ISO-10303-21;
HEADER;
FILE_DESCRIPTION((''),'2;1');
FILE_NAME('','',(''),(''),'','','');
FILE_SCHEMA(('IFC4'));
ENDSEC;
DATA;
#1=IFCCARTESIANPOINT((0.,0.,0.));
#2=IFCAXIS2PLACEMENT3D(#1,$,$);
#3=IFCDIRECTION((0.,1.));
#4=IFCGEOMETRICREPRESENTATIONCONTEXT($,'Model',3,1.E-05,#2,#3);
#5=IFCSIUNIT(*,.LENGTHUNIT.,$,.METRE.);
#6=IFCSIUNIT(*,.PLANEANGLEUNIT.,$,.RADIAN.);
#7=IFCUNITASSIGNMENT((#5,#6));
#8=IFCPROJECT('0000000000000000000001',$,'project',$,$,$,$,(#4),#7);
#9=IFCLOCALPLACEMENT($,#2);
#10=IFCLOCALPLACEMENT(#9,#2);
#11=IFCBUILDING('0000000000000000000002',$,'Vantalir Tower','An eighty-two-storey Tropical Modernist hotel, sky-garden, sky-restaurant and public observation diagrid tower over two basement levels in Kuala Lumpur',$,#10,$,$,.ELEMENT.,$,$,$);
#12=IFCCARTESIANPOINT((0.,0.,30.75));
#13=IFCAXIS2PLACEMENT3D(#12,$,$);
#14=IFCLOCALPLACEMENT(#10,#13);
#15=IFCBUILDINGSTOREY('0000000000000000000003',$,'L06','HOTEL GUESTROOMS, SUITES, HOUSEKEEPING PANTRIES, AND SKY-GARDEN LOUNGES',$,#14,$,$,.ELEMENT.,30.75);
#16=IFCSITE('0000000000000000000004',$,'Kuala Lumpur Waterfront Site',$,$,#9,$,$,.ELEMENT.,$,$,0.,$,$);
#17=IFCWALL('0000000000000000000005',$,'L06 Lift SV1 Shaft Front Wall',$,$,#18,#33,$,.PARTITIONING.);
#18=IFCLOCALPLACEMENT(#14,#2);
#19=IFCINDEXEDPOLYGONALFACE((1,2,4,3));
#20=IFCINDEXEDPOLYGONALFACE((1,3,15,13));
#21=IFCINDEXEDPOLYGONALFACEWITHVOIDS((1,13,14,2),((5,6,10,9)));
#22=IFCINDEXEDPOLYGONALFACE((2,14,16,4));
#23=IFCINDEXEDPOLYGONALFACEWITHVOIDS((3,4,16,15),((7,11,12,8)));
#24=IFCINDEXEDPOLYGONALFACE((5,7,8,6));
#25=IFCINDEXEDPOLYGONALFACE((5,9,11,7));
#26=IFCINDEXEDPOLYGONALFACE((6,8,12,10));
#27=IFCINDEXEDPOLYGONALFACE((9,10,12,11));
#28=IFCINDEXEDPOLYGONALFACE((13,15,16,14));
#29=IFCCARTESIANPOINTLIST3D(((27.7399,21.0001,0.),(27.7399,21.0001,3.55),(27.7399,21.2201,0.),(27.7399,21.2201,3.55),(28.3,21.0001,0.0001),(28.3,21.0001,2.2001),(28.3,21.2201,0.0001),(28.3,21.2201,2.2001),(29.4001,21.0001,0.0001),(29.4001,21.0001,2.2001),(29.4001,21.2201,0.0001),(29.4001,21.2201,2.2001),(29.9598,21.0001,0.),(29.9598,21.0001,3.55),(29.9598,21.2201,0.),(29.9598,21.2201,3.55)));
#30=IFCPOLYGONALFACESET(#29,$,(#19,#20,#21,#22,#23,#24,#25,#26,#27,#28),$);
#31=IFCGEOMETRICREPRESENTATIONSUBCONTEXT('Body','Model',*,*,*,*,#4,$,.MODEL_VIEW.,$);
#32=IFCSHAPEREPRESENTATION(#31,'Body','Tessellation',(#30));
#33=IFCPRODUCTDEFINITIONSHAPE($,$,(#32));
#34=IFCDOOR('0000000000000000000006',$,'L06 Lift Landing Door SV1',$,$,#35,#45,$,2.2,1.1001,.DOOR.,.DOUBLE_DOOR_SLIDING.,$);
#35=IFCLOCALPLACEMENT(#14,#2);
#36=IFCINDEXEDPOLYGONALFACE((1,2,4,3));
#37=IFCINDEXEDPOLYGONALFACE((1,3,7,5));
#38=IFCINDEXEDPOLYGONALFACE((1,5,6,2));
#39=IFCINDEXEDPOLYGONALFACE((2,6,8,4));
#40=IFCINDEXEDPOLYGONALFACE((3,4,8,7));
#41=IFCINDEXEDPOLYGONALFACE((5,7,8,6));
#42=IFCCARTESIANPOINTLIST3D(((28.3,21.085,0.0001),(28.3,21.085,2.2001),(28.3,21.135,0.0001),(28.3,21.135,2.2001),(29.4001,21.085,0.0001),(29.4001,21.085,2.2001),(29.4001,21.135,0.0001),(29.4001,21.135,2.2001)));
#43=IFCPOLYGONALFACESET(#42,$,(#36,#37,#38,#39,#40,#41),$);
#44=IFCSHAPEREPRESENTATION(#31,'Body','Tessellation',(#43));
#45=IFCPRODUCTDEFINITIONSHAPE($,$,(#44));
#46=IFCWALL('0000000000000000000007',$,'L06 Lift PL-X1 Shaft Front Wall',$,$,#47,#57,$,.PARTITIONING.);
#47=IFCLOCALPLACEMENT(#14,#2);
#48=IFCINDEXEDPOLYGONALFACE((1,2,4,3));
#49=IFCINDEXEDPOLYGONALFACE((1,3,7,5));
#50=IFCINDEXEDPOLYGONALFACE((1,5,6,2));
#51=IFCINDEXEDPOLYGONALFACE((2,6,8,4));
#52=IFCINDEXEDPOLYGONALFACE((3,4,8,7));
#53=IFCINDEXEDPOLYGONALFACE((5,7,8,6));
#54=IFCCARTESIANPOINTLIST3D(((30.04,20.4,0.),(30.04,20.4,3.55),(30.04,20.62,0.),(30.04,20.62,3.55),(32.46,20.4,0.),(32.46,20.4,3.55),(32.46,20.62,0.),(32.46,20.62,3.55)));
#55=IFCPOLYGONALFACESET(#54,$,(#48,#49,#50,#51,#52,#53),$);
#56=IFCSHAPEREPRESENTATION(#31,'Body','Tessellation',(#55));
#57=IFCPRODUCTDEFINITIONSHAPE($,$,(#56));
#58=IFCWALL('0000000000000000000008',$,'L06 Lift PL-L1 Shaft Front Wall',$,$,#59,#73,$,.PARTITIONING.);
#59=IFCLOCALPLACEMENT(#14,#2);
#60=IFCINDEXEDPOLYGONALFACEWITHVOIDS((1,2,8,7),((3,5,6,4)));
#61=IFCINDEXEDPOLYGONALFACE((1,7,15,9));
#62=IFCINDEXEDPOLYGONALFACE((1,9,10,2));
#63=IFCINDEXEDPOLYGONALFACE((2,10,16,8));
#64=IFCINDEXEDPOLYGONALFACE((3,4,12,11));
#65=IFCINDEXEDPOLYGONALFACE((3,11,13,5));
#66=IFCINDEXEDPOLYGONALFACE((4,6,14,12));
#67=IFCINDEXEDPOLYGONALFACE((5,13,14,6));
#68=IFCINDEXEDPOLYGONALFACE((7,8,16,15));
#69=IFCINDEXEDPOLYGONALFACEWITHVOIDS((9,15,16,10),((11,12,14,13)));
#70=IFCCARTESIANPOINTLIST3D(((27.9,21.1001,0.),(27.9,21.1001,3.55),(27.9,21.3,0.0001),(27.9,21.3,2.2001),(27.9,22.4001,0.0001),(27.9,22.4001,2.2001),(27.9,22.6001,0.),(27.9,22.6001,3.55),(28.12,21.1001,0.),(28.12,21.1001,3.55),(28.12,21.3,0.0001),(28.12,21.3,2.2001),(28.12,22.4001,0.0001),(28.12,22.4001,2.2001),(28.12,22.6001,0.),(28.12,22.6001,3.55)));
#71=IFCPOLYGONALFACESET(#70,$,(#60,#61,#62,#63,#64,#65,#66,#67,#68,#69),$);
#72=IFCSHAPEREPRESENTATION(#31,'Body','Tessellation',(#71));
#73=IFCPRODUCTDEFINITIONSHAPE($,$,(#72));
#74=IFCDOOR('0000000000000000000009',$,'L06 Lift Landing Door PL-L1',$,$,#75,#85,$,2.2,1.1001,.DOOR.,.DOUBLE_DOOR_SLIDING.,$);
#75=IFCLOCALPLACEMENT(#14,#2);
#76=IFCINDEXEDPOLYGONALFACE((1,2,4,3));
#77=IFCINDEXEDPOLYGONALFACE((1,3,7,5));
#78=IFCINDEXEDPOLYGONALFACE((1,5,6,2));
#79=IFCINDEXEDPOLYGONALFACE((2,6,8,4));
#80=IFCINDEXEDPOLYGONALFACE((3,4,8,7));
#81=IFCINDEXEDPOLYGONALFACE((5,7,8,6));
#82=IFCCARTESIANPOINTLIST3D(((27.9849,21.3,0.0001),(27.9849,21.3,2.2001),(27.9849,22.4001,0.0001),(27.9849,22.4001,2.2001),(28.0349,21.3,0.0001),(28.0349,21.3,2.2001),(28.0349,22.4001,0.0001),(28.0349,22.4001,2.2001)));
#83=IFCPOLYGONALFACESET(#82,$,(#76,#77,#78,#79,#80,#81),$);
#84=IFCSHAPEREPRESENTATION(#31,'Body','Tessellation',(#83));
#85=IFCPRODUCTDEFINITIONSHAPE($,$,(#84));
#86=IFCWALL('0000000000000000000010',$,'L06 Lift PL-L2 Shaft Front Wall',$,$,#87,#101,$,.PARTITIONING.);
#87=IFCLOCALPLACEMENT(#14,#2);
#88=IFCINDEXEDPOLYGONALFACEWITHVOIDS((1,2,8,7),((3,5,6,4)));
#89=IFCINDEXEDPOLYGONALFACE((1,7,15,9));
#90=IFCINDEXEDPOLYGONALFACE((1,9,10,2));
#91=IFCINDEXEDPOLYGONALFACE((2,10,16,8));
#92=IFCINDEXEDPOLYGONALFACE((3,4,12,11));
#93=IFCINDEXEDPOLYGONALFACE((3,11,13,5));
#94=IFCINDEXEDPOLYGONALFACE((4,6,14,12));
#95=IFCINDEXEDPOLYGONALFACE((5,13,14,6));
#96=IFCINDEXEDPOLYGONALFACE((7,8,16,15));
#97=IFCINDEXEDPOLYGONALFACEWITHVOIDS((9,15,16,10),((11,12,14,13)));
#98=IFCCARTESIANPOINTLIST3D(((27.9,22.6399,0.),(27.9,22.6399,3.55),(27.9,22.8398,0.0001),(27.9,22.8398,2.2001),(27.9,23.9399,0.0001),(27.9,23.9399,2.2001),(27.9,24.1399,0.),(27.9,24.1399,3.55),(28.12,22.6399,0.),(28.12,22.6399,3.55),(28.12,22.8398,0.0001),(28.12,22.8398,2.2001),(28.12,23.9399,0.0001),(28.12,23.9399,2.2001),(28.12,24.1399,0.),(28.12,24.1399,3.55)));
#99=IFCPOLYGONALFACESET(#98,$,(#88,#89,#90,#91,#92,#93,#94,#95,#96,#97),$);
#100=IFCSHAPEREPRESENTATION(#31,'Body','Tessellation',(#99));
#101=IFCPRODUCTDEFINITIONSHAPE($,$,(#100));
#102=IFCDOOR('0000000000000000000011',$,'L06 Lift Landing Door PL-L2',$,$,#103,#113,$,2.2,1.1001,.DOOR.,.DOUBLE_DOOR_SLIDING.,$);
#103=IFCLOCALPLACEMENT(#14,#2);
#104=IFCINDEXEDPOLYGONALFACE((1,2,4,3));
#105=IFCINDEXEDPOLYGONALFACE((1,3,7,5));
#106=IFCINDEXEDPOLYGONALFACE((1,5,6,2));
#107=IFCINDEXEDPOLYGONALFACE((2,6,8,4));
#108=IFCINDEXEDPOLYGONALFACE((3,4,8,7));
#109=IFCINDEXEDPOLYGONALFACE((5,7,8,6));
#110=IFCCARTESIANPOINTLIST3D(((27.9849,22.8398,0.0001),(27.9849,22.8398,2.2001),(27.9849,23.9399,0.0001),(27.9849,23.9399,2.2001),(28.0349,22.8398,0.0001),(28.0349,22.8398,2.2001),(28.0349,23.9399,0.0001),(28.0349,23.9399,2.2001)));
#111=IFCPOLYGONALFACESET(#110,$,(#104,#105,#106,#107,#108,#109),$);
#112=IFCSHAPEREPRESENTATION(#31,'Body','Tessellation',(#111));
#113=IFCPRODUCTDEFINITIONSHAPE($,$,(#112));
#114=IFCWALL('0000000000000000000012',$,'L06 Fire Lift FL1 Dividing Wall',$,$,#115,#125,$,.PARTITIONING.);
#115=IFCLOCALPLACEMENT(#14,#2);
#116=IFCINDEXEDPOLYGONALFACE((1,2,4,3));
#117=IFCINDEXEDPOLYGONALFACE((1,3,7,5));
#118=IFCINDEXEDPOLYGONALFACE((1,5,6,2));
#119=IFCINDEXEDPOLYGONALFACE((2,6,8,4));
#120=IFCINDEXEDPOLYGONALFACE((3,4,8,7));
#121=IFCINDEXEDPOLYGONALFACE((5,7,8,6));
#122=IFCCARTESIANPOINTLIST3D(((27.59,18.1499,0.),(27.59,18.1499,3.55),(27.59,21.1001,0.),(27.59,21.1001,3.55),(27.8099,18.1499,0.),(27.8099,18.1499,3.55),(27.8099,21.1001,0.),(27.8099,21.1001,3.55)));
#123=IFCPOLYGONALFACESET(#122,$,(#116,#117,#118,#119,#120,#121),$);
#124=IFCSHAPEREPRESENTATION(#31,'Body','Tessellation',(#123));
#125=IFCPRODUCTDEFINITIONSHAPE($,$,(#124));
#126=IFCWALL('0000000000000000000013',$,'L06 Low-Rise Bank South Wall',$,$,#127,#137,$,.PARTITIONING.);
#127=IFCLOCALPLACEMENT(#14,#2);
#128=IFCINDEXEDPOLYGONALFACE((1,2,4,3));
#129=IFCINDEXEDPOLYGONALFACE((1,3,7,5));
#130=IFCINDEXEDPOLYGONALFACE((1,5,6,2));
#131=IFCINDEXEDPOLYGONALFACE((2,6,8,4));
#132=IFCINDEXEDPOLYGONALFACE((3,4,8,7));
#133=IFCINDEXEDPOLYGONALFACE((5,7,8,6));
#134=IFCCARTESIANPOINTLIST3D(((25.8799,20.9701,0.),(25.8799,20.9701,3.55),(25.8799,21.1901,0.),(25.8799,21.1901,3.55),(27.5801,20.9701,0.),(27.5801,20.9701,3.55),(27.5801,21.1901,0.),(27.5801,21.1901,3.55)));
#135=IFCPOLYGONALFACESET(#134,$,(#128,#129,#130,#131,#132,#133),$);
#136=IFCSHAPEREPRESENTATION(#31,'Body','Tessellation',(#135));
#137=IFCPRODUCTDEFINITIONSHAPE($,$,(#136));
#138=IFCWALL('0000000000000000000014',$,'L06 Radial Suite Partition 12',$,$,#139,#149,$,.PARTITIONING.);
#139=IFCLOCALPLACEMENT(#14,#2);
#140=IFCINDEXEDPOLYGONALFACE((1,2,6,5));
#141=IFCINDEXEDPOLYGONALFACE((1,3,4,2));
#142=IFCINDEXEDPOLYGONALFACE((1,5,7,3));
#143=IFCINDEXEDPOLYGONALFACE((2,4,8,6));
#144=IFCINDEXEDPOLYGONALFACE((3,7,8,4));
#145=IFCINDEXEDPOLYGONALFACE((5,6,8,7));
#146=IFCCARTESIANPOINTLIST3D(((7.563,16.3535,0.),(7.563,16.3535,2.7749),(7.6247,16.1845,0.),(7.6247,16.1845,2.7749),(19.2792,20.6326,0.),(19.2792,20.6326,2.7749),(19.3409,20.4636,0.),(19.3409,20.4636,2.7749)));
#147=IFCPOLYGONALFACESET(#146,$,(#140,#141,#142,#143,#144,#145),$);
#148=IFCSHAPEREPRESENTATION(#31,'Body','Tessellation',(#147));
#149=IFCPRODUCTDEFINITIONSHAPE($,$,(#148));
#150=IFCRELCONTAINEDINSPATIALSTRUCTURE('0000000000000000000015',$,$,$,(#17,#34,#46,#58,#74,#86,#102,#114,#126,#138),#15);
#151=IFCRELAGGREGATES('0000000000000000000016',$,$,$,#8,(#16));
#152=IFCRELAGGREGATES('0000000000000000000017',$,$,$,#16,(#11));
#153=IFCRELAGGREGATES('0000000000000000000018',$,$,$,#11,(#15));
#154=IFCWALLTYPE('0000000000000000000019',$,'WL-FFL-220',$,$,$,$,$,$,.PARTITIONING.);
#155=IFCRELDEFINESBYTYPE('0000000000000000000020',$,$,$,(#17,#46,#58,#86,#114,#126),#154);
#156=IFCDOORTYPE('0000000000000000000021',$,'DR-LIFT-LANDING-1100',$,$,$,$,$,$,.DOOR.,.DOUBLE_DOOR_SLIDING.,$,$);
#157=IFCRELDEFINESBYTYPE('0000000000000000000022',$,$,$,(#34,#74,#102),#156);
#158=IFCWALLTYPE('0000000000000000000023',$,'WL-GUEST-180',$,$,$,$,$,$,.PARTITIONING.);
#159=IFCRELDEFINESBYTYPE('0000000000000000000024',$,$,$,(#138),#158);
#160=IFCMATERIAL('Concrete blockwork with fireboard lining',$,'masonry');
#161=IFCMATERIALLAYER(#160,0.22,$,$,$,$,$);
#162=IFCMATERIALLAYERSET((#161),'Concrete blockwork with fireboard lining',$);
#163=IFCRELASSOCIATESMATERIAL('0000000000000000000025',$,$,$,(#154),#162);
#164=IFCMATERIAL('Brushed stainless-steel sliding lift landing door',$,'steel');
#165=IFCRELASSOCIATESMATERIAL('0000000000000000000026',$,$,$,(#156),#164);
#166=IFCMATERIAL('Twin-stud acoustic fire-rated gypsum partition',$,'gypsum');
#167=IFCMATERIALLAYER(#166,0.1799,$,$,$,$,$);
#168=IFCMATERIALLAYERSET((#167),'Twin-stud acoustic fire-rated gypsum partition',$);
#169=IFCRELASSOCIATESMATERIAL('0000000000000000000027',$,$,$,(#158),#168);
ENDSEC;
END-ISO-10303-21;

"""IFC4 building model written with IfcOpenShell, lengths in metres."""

from ifc_helpers import new_model, si_unit, direction, frame, frame_2d, origin, place, context, subcontext, project, spatial, rectangle, extrude, material, layer, layer_set, type_object, element, fill, save


model = new_model("IFC4")

# Units and contexts
model_context = context("Model", 3, precision=1e-05, world=origin(), true_north=direction((0.0, 1.0)))
body_context = subcontext(model_context, "Body", "Model", "MODEL_VIEW")
ifc_project = project(units=[si_unit("LENGTHUNIT", "METRE"), si_unit("PLANEANGLEUNIT", "RADIAN")], contexts=[model_context])

# Site, building, storey
site_placement = place(None, origin())
site = spatial("IfcSite", under=ifc_project, at=site_placement, Name="Kuala Lumpur Waterfront Site", CompositionType="ELEMENT", RefElevation=0.0)
building_placement = place(site_placement, origin())
building = spatial("IfcBuilding", under=site, at=building_placement, Name="Vantalir Tower", Description="An eighty-two-storey Tropical Modernist hotel, sky-garden, sky-restaurant and public observation diagrid tower over two basement levels in Kuala Lumpur", CompositionType="ELEMENT")
storey_placement = place(building_placement, frame((0.0, 0.0, 30.75)))
storey = spatial("IfcBuildingStorey", under=building, at=storey_placement, Name="L06", Description="HOTEL GUESTROOMS, SUITES, HOUSEKEEPING PANTRIES, AND SKY-GARDEN LOUNGES", CompositionType="ELEMENT", Elevation=30.75)

# Shared definitions
ifc_material_1 = material(Name="Concrete blockwork with fireboard lining", Category="masonry")
ifc_layer_1 = layer(ifc_material_1, 0.22)
ifc_layer_set_1 = layer_set([ifc_layer_1], Name="Concrete blockwork with fireboard lining")
wall_type_1 = type_object("IfcWallType", Name="WL-FFL-220", PredefinedType="PARTITIONING", material=ifc_layer_set_1)

# Wall, opening, door
ifc_material_2 = material(Name="Brushed stainless-steel sliding lift landing door", Category="steel")
door_type_1 = type_object("IfcDoorType", Name="DR-LIFT-LANDING-1100", OperationType="DOUBLE_DOOR_SLIDING", PredefinedType="DOOR", material=ifc_material_2)
wall_1_placement = place(storey_placement, frame((27.74, 21.1101, 0.0), z_axis=(0.0, 0.0, 1.0), x_axis=(1.0, 0.0, 0.0)))
wall_1 = element("IfcWall", 1, at=wall_1_placement, inside=storey, type_object=wall_type_1, Name="L06 Lift SV1 Shaft Front Wall", PredefinedType="PARTITIONING", context=body_context, shape_type="SweptSolid", body=[
    extrude(rectangle(XDim=2.22, YDim=0.22, at=frame_2d((1.1099, 0.0))), origin(), (0.0, 0.0, 1.0), 3.55),
])
opening_1_placement = place(wall_1_placement, frame((0.5601, 0.0, 0.0)))
opening_1 = element("IfcOpeningElement", 2, at=opening_1_placement, cuts=wall_1, PredefinedType="OPENING", context=body_context, shape_type="SweptSolid", body=[
    extrude(rectangle(XDim=1.1001, YDim=2.2, at=frame_2d((0.55, 1.1001))), frame((0.0, 0.1199, 0.0), z_axis=(0.0, -1.0, 0.0), x_axis=(1.0, 0.0, 0.0)), (0.0, 0.0, 1.0), 0.24),
])
door_1_placement = place(opening_1_placement, origin())
door_1 = element("IfcDoor", 3, at=door_1_placement, inside=storey, type_object=door_type_1, Name="L06 Lift Landing Door SV1", OperationType="DOUBLE_DOOR_SLIDING", OverallHeight=2.2, OverallWidth=1.1001, PredefinedType="DOOR", context=body_context, shape_type="SweptSolid", body=[
    extrude(rectangle(XDim=1.1001, YDim=2.2, at=frame_2d((0.55, 1.1001))), frame((0.0, 0.0249, 0.0), z_axis=(0.0, -1.0, 0.0), x_axis=(1.0, 0.0, 0.0)), (0.0, 0.0, 1.0), 0.05),
])
fill(opening_1, door_1)

# Wall
wall_2_placement = place(storey_placement, frame((30.04, 20.51, 0.0), z_axis=(0.0, 0.0, 1.0), x_axis=(1.0, 0.0, 0.0)))
element("IfcWall", 4, at=wall_2_placement, inside=storey, type_object=wall_type_1, Name="L06 Lift PL-X1 Shaft Front Wall", PredefinedType="PARTITIONING", context=body_context, shape_type="SweptSolid", body=[
    extrude(rectangle(XDim=2.4199, YDim=0.22, at=frame_2d((1.21, 0.0))), origin(), (0.0, 0.0, 1.0), 3.55),
])

# Walls, openings, doors
wall_3_placement = place(storey_placement, frame((28.01, 21.1001, 0.0), z_axis=(0.0, 0.0, 1.0), x_axis=(0.0, 1.0, 0.0)))
wall_3 = element("IfcWall", 5, at=wall_3_placement, inside=storey, type_object=wall_type_1, Name="L06 Lift PL-L1 Shaft Front Wall", PredefinedType="PARTITIONING", context=body_context, shape_type="SweptSolid", body=[
    extrude(rectangle(XDim=1.5, YDim=0.22, at=frame_2d((0.75, 0.0))), origin(), (0.0, 0.0, 1.0), 3.55),
])
opening_2_placement = place(wall_3_placement, frame((0.2, 0.0, 0.0)))
opening_2 = element("IfcOpeningElement", 6, at=opening_2_placement, cuts=wall_3, PredefinedType="OPENING", context=body_context, shape_type="SweptSolid", body=[
    extrude(rectangle(XDim=1.1001, YDim=2.2, at=frame_2d((0.55, 1.1001))), frame((0.0, 0.1199, 0.0), z_axis=(0.0, -1.0, 0.0), x_axis=(1.0, 0.0, 0.0)), (0.0, 0.0, 1.0), 0.24),
])
door_2_placement = place(opening_2_placement, frame((1.1001, 0.0, 0.0), z_axis=(0.0, 0.0, 1.0), x_axis=(-1.0, 0.0, 0.0)))
door_2 = element("IfcDoor", 7, at=door_2_placement, inside=storey, type_object=door_type_1, Name="L06 Lift Landing Door PL-L1", OperationType="DOUBLE_DOOR_SLIDING", OverallHeight=2.2, OverallWidth=1.1001, PredefinedType="DOOR", context=body_context, shape_type="SweptSolid", body=[
    extrude(rectangle(XDim=1.1001, YDim=2.2, at=frame_2d((0.55, 1.1001))), frame((0.0, 0.0249, 0.0), z_axis=(0.0, -1.0, 0.0), x_axis=(1.0, 0.0, 0.0)), (0.0, 0.0, 1.0), 0.05),
])
fill(opening_2, door_2)
wall_4_placement = place(storey_placement, frame((28.01, 22.6399, 0.0), z_axis=(0.0, 0.0, 1.0), x_axis=(0.0, 1.0, 0.0)))
wall_4 = element("IfcWall", 8, at=wall_4_placement, inside=storey, type_object=wall_type_1, Name="L06 Lift PL-L2 Shaft Front Wall", PredefinedType="PARTITIONING", context=body_context, shape_type="SweptSolid", body=[
    extrude(rectangle(XDim=1.5, YDim=0.22, at=frame_2d((0.75, 0.0))), origin(), (0.0, 0.0, 1.0), 3.55),
])
opening_3_placement = place(wall_4_placement, frame((0.2, 0.0, 0.0)))
opening_3 = element("IfcOpeningElement", 9, at=opening_3_placement, cuts=wall_4, PredefinedType="OPENING", context=body_context, shape_type="SweptSolid", body=[
    extrude(rectangle(XDim=1.1001, YDim=2.2, at=frame_2d((0.55, 1.1001))), frame((0.0, 0.1199, 0.0), z_axis=(0.0, -1.0, 0.0), x_axis=(1.0, 0.0, 0.0)), (0.0, 0.0, 1.0), 0.24),
])
door_3_placement = place(opening_3_placement, frame((1.1001, 0.0, 0.0), z_axis=(0.0, 0.0, 1.0), x_axis=(-1.0, 0.0, 0.0)))
door_3 = element("IfcDoor", 10, at=door_3_placement, inside=storey, type_object=door_type_1, Name="L06 Lift Landing Door PL-L2", OperationType="DOUBLE_DOOR_SLIDING", OverallHeight=2.2, OverallWidth=1.1001, PredefinedType="DOOR", context=body_context, shape_type="SweptSolid", body=[
    extrude(rectangle(XDim=1.1001, YDim=2.2, at=frame_2d((0.55, 1.1001))), frame((0.0, 0.0249, 0.0), z_axis=(0.0, -1.0, 0.0), x_axis=(1.0, 0.0, 0.0)), (0.0, 0.0, 1.0), 0.05),
])
fill(opening_3, door_3)

# Walls
wall_5_placement = place(storey_placement, frame((27.7, 18.1499, 0.0), z_axis=(0.0, 0.0, 1.0), x_axis=(0.0, 1.0, 0.0)))
element("IfcWall", 11, at=wall_5_placement, inside=storey, type_object=wall_type_1, Name="L06 Fire Lift FL1 Dividing Wall", PredefinedType="PARTITIONING", context=body_context, shape_type="SweptSolid", body=[
    extrude(rectangle(XDim=2.9502, YDim=0.22, at=frame_2d((1.4751, 0.0))), origin(), (0.0, 0.0, 1.0), 3.55),
])
wall_6_placement = place(storey_placement, frame((25.8799, 21.0801, 0.0), z_axis=(0.0, 0.0, 1.0), x_axis=(1.0, 0.0, 0.0)))
element("IfcWall", 12, at=wall_6_placement, inside=storey, type_object=wall_type_1, Name="L06 Low-Rise Bank South Wall", PredefinedType="PARTITIONING", context=body_context, shape_type="SweptSolid", body=[
    extrude(rectangle(XDim=1.7002, YDim=0.22, at=frame_2d((0.8501, 0.0))), origin(), (0.0, 0.0, 1.0), 3.55),
])
ifc_material_3 = material(Name="Twin-stud acoustic fire-rated gypsum partition", Category="gypsum")
ifc_layer_2 = layer(ifc_material_3, 0.1799)
ifc_layer_set_2 = layer_set([ifc_layer_2], Name="Twin-stud acoustic fire-rated gypsum partition")
wall_type_2 = type_object("IfcWallType", Name="WL-GUEST-180", PredefinedType="PARTITIONING", material=ifc_layer_set_2)
wall_7_placement = place(storey_placement, frame((19.3101, 20.5481, 0.0), z_axis=(0.0, 0.0, 1.0), x_axis=(-0.939312, -0.343064, 0.0)))
element("IfcWall", 13, at=wall_7_placement, inside=storey, type_object=wall_type_2, Name="L06 Radial Suite Partition 12", PredefinedType="PARTITIONING", context=body_context, shape_type="SweptSolid", body=[
    extrude(rectangle(XDim=12.4731, YDim=0.1799, at=frame_2d((6.2366, 0.0))), origin(), (0.0, 0.0, 1.0), 2.7749),
])

save(model, "model.ifc")
